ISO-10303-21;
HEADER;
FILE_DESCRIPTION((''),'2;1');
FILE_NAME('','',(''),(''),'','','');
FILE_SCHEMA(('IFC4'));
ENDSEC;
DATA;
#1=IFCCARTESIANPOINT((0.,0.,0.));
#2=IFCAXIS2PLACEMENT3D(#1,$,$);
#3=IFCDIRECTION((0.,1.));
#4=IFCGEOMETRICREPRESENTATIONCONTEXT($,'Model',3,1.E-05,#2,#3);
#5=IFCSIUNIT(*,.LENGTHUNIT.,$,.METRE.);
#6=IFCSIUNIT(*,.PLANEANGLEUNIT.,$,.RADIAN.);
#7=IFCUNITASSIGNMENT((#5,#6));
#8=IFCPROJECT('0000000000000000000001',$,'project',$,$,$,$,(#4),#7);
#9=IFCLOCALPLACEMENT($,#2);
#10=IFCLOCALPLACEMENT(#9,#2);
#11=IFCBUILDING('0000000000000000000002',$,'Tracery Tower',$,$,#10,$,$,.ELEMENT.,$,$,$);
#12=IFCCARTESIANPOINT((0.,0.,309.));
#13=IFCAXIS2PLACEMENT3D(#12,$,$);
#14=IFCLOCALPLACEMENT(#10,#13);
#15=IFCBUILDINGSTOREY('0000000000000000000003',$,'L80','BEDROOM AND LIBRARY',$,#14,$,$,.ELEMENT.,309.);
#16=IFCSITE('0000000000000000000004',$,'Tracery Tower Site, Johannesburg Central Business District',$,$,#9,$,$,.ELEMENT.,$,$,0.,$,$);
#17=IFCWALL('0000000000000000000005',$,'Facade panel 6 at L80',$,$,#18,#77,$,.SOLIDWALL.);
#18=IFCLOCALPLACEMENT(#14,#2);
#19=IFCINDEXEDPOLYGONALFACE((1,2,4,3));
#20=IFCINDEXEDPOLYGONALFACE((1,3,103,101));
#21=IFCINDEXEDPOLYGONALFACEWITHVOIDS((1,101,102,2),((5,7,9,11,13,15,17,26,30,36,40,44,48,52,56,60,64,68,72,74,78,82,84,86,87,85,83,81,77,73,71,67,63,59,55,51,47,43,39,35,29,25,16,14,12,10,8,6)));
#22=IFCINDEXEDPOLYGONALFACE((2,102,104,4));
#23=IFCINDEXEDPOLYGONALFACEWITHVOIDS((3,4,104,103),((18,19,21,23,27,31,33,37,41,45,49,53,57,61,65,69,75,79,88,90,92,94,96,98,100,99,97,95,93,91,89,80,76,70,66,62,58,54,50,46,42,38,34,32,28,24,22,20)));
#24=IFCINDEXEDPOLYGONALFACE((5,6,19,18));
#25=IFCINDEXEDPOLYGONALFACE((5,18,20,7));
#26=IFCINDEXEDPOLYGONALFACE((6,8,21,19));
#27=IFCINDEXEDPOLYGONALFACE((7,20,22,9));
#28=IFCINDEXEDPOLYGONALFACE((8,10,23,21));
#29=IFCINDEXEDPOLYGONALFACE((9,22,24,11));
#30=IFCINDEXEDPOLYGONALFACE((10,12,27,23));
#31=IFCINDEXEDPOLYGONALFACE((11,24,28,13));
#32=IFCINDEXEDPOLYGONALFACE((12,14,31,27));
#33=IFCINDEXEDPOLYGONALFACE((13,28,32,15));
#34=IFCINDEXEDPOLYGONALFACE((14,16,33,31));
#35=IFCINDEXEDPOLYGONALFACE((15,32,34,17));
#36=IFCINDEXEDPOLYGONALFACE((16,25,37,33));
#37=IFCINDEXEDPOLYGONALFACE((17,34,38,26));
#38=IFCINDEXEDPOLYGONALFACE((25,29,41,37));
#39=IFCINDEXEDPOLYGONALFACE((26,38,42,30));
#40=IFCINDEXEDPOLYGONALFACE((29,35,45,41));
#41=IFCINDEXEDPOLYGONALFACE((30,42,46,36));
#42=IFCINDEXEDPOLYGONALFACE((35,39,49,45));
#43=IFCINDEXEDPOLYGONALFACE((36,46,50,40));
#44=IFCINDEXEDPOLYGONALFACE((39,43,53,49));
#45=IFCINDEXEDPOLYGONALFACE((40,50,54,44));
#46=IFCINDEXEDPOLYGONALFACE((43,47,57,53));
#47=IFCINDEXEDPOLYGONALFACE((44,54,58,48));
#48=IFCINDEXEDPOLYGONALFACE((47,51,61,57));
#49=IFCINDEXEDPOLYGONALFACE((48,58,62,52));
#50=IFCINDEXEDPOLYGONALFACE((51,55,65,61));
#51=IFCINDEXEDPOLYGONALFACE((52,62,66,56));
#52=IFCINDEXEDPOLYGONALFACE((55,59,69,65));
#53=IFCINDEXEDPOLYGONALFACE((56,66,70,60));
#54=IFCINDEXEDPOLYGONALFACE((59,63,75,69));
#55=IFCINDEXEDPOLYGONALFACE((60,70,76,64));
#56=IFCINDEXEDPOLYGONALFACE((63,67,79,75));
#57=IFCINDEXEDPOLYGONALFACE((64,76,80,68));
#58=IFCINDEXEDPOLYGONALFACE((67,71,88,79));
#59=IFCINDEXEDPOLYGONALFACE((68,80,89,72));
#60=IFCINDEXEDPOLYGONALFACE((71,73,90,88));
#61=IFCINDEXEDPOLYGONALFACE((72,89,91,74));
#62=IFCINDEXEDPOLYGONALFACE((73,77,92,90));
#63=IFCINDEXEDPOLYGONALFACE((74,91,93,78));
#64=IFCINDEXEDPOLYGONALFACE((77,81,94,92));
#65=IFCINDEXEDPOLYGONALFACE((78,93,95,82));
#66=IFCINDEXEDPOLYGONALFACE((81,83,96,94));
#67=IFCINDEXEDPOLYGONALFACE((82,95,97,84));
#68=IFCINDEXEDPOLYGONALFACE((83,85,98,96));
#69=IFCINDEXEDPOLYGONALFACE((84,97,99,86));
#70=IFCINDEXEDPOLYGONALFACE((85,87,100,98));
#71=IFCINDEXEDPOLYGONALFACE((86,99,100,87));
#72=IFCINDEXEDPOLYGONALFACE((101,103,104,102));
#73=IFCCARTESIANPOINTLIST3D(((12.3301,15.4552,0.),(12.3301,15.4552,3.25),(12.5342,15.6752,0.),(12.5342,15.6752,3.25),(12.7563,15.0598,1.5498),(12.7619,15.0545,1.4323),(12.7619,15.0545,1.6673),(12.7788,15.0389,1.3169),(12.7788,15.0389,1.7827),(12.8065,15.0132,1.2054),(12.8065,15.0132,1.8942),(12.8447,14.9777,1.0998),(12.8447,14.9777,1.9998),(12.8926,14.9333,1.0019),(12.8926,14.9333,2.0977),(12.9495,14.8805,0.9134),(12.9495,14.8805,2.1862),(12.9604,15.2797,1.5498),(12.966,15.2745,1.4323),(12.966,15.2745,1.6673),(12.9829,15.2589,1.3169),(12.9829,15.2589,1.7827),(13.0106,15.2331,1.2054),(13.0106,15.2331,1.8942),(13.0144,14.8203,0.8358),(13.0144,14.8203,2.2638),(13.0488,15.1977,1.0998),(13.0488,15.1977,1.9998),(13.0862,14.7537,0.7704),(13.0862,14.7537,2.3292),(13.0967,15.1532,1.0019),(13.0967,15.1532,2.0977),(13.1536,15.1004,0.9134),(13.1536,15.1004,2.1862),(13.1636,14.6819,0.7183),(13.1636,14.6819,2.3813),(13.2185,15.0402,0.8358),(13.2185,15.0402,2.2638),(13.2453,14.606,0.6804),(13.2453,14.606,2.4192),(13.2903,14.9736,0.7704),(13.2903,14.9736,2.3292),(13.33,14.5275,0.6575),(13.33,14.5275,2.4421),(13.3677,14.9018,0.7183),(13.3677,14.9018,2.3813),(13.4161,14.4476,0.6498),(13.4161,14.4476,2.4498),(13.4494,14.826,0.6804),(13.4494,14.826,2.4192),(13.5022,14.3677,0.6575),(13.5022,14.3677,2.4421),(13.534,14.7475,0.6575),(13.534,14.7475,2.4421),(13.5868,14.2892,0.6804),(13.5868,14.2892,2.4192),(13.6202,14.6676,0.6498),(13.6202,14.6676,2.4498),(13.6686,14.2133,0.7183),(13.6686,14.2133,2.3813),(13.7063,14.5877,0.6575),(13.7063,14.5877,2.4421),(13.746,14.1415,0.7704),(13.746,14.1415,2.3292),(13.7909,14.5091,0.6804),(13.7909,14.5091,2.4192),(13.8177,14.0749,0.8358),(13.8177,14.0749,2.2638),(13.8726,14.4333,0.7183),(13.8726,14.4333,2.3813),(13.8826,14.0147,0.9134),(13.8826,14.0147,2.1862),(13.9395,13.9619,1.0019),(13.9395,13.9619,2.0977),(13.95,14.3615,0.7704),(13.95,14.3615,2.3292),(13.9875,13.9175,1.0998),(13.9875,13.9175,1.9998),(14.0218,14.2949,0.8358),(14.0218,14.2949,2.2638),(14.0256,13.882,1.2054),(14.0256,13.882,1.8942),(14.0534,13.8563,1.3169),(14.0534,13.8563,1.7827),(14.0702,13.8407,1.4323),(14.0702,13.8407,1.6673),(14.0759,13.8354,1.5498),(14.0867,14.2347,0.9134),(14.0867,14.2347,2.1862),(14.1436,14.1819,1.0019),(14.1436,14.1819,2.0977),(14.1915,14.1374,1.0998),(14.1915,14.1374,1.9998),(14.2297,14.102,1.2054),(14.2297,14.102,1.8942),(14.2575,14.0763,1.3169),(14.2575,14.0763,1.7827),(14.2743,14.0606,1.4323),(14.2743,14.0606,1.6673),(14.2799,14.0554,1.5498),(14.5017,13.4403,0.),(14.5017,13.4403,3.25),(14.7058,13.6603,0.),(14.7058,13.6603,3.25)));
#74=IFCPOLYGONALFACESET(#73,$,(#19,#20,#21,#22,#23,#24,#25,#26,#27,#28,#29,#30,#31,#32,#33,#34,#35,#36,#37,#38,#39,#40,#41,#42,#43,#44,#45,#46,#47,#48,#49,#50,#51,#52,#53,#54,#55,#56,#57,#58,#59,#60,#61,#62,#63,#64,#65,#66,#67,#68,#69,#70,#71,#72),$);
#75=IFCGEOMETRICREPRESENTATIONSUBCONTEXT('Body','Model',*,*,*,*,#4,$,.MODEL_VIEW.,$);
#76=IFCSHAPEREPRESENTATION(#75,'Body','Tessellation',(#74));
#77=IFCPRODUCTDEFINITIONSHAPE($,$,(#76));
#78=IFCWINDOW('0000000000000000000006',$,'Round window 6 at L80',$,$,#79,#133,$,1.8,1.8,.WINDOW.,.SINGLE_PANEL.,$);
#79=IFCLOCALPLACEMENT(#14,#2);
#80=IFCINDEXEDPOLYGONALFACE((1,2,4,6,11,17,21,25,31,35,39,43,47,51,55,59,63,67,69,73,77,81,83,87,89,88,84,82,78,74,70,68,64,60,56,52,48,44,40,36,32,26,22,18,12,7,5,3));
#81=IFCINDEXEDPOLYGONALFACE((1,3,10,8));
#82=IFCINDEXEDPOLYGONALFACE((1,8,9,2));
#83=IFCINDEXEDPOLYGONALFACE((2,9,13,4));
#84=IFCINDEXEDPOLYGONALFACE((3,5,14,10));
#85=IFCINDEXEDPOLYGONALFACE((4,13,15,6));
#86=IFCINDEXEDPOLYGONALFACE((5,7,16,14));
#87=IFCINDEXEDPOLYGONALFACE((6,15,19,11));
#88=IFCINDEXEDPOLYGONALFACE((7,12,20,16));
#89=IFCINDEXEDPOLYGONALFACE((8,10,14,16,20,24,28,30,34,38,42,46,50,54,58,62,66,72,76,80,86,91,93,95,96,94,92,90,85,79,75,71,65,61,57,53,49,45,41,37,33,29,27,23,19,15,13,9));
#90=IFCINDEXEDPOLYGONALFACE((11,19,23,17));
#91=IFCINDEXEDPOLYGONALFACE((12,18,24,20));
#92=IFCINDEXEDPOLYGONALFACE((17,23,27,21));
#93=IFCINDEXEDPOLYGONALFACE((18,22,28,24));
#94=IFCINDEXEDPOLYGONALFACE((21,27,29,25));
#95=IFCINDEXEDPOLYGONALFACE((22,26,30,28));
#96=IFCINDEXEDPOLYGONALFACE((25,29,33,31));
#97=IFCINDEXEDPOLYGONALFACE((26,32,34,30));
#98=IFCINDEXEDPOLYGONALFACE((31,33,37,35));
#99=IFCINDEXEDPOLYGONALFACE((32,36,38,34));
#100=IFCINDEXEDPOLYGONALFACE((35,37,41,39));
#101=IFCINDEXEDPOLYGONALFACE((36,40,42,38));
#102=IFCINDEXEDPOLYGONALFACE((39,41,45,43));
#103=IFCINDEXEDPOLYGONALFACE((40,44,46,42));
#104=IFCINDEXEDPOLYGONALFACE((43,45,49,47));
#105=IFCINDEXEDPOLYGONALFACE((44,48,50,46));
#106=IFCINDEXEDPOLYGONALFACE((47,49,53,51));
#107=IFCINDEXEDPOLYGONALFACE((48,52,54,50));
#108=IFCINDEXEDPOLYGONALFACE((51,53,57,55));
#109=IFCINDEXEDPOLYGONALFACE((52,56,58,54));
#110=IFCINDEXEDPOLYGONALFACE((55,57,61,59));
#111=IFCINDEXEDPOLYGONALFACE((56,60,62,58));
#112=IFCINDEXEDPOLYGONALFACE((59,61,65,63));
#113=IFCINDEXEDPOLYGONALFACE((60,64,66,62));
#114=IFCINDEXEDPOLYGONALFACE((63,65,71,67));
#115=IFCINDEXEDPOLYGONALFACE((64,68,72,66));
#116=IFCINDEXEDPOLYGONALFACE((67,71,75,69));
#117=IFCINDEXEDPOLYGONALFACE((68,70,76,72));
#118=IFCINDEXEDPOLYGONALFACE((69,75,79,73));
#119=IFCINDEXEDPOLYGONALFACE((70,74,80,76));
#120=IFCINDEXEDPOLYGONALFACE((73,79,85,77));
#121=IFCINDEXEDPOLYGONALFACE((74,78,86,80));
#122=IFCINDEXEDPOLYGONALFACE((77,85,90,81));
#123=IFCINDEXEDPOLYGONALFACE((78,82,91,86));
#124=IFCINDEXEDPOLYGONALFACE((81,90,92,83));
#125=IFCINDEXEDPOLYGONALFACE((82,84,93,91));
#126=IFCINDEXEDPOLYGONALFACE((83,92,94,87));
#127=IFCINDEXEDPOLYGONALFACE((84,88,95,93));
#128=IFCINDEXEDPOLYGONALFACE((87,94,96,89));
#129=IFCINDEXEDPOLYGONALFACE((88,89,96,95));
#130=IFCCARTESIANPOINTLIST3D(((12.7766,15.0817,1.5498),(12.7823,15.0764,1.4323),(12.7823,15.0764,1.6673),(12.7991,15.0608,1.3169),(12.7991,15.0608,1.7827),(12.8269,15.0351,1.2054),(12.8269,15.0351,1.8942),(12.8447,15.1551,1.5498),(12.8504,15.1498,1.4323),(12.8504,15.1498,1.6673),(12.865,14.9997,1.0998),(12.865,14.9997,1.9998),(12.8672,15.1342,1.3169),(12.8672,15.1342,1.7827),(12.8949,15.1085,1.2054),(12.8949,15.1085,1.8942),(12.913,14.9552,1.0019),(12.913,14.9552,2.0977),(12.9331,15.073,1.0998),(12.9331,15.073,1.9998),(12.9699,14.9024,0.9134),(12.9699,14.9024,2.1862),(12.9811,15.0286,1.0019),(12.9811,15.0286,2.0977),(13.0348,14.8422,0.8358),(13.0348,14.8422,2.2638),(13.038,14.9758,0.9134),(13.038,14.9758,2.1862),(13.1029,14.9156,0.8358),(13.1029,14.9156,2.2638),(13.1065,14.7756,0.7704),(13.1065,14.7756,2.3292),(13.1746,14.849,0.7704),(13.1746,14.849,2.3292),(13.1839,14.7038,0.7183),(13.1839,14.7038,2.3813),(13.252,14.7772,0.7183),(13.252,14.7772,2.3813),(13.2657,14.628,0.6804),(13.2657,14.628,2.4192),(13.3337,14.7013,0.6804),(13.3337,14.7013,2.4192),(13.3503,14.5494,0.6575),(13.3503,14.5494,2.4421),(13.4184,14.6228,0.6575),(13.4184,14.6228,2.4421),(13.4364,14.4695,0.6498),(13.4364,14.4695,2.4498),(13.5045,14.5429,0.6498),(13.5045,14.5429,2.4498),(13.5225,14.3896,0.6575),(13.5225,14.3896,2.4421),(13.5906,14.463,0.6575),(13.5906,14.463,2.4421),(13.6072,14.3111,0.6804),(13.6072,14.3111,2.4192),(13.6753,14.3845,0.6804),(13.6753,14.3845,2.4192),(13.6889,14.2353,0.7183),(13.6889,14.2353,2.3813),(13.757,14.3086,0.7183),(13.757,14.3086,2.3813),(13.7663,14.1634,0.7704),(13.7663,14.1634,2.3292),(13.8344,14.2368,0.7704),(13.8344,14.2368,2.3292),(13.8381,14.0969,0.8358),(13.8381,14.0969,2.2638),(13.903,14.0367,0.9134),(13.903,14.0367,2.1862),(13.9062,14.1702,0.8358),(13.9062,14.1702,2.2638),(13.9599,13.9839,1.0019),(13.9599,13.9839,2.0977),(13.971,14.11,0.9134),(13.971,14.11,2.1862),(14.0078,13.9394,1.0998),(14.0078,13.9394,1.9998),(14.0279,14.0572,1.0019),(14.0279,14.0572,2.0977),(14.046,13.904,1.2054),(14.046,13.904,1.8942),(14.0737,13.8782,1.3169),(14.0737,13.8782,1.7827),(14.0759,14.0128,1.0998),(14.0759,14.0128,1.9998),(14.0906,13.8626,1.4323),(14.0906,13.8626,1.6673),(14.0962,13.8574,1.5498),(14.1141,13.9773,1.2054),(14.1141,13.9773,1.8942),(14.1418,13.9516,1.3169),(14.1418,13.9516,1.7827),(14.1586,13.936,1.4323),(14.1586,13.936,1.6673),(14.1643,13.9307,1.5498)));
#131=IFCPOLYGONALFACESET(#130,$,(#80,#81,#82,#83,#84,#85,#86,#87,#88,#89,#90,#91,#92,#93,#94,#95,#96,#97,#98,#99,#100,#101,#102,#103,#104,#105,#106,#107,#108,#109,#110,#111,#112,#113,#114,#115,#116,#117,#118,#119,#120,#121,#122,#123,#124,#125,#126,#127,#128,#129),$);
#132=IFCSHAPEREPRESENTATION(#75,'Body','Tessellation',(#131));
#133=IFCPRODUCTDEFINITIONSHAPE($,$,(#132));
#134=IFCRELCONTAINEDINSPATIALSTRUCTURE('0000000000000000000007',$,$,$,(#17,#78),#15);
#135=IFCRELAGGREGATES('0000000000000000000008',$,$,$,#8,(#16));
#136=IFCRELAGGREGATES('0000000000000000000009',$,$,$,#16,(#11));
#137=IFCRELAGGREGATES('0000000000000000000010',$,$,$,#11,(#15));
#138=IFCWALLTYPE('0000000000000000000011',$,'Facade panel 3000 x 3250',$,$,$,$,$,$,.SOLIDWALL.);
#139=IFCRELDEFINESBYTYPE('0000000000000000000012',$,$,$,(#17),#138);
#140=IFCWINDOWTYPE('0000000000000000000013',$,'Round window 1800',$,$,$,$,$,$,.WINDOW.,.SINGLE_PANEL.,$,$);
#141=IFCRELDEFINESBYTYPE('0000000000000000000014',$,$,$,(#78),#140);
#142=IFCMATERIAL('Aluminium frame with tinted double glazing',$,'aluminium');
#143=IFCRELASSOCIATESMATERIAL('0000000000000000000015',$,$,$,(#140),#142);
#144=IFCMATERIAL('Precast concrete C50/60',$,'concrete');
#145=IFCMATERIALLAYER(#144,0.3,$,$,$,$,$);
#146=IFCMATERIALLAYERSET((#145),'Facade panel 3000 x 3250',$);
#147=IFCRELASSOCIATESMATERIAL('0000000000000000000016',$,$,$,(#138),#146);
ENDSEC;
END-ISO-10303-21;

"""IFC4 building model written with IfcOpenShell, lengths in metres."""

from ifc_helpers import new_model, si_unit, direction, frame, frame_2d, origin, origin_2d, place, context, subcontext, project, spatial, rectangle, circle, extrude, material, layer, layer_set, type_object, element, fill, save


model = new_model("IFC4")

# Units and contexts
model_context = context("Model", 3, precision=1e-05, world=origin(), true_north=direction((0.0, 1.0)))
body_context = subcontext(model_context, "Body", "Model", "MODEL_VIEW")
ifc_project = project(units=[si_unit("LENGTHUNIT", "METRE"), si_unit("PLANEANGLEUNIT", "RADIAN")], contexts=[model_context])

# Site, building, storey
site_placement = place(None, origin())
site = spatial("IfcSite", under=ifc_project, at=site_placement, Name="Tracery Tower Site, Johannesburg Central Business District", CompositionType="ELEMENT", RefElevation=0.0)
building_placement = place(site_placement, origin())
building = spatial("IfcBuilding", under=site, at=building_placement, Name="Tracery Tower", CompositionType="ELEMENT")
storey_placement = place(building_placement, frame((0.0, 0.0, 309.0)))
storey = spatial("IfcBuildingStorey", under=building, at=storey_placement, Name="L80", Description="BEDROOM AND LIBRARY", CompositionType="ELEMENT", Elevation=309.0)

# Wall, opening, window
ifc_material_1 = material(Name="Aluminium frame with tinted double glazing", Category="aluminium")
window_type = type_object("IfcWindowType", Name="Round window 1800", PartitioningType="SINGLE_PANEL", PredefinedType="WINDOW", material=ifc_material_1)
ifc_material_2 = material(Name="Precast concrete C50/60", Category="concrete")
ifc_layer_1 = layer(ifc_material_2, 0.3)
ifc_layer_set_1 = layer_set([ifc_layer_1], Name="Facade panel 3000 x 3250")
wall_type_1 = type_object("IfcWallType", Name="Facade panel 3000 x 3250", PredefinedType="SOLIDWALL", material=ifc_layer_set_1)
wall_1_placement = place(storey_placement, frame((14.6038, 13.5503, 0.0), z_axis=(0.0, 0.0, 1.0), x_axis=(-0.733066, 0.680157, 0.0)))
wall_1 = element("IfcWall", 1, at=wall_1_placement, inside=storey, type_object=wall_type_1, Name="Facade panel 6 at L80", PredefinedType="SOLIDWALL", context=body_context, shape_type="SweptSolid", body=[
    extrude(rectangle(XDim=2.9624, YDim=0.3, at=frame_2d((1.4812, 0.0))), origin(), (0.0, 0.0, 1.0), 3.25),
])
opening_1_placement = place(wall_1_placement, frame((1.481, 0.0, 1.5498)))
opening_1 = element("IfcOpeningElement", 2, at=opening_1_placement, cuts=wall_1, PredefinedType="OPENING", context=body_context, shape_type="SweptSolid", body=[
    extrude(circle(Radius=0.9, at=origin_2d()), frame((0.0, 0.1599, 0.0), z_axis=(0.0, -1.0, 0.0), x_axis=(1.0, 0.0, 0.0)), (0.0, 0.0, 1.0), 0.3201),
])
window_1_placement = place(opening_1_placement, origin())
window_1 = element("IfcWindow", 3, at=window_1_placement, inside=storey, type_object=window_type, Name="Round window 6 at L80", OverallHeight=1.8, OverallWidth=1.8, PartitioningType="SINGLE_PANEL", PredefinedType="WINDOW", context=body_context, shape_type="SweptSolid", body=[
    extrude(circle(Radius=0.9, at=origin_2d()), frame((0.0, 0.1201, 0.0), z_axis=(0.0, -1.0, 0.0), x_axis=(1.0, 0.0, 0.0)), (0.0, 0.0, 1.0), 0.1001),
])
fill(opening_1, window_1)

save(model, "model.ifc")
